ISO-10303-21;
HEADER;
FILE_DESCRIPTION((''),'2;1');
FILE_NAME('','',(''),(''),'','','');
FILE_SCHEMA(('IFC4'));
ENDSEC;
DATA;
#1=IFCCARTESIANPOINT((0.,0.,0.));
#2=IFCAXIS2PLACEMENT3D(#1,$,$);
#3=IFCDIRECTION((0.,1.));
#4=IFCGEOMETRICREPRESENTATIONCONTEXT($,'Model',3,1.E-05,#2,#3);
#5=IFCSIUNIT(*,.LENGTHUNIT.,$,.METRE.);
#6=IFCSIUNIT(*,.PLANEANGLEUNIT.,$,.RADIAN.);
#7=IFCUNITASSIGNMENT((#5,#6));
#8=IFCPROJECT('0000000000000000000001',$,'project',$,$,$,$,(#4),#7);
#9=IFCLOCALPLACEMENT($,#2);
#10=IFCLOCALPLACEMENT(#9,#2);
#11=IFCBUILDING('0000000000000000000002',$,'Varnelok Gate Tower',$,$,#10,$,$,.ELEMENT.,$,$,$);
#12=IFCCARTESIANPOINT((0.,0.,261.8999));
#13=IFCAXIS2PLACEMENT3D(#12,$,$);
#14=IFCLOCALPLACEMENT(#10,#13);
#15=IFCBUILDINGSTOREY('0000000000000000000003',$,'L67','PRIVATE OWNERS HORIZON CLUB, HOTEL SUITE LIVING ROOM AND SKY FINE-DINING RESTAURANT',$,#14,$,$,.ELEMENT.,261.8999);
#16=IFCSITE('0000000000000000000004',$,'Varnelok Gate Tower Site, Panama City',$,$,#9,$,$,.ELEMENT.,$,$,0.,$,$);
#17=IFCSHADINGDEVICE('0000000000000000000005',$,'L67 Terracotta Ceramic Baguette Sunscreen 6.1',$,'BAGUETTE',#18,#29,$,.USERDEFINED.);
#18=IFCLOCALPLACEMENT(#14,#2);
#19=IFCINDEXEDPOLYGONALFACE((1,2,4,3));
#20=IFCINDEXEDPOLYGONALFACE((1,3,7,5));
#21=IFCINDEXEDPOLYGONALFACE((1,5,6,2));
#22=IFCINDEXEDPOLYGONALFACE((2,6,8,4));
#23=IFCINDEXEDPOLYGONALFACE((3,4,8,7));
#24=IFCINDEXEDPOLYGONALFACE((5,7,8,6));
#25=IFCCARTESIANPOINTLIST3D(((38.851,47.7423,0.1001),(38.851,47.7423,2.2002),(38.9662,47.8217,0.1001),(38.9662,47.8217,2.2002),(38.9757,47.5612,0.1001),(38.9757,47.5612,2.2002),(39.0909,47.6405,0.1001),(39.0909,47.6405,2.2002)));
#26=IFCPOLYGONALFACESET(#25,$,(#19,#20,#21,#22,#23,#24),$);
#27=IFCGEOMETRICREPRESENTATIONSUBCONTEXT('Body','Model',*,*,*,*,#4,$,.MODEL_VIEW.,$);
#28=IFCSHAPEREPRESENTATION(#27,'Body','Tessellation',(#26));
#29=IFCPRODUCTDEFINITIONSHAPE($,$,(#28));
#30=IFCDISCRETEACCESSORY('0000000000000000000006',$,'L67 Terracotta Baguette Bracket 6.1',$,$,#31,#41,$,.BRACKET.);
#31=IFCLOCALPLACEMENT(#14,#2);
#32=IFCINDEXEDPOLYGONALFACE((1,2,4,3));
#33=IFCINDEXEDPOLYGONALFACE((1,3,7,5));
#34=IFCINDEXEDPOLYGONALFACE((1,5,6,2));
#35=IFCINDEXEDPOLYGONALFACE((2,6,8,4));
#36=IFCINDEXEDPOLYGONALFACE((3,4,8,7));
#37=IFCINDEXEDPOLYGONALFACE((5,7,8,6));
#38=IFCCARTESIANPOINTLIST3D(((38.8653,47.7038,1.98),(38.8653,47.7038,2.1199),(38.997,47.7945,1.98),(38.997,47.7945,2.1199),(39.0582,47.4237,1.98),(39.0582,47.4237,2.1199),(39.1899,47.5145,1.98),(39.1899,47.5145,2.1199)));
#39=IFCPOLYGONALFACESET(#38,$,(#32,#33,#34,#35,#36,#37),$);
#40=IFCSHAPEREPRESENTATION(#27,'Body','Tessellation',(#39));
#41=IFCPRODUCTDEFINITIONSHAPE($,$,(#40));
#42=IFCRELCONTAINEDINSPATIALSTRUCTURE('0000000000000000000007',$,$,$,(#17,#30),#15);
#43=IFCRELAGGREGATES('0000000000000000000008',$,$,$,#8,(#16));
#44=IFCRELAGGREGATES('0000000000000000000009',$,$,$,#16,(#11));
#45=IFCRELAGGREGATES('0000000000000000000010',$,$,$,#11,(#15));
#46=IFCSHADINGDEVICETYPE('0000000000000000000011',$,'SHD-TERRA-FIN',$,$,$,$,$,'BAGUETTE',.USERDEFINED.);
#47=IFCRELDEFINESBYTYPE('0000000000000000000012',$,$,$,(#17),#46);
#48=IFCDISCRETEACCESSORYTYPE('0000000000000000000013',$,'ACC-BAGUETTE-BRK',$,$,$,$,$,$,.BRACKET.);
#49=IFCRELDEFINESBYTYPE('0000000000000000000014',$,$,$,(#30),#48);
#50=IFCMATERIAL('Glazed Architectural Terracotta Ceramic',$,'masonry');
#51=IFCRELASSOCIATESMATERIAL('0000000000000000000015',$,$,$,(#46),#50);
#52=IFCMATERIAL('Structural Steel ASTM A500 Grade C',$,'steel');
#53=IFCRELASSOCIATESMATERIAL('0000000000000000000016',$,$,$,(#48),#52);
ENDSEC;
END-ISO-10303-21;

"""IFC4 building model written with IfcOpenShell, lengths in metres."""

from ifc_helpers import new_model, si_unit, direction, frame, origin, origin_2d, place, context, subcontext, project, spatial, rectangle, extrude, source, transform, mapped, material, type_object, element, save


model = new_model("IFC4")

# Units and contexts
model_context = context("Model", 3, precision=1e-05, world=origin(), true_north=direction((0.0, 1.0)))
body_context = subcontext(model_context, "Body", "Model", "MODEL_VIEW")
ifc_project = project(units=[si_unit("LENGTHUNIT", "METRE"), si_unit("PLANEANGLEUNIT", "RADIAN")], contexts=[model_context])

# Site, building, storey
site_placement = place(None, origin())
site = spatial("IfcSite", under=ifc_project, at=site_placement, Name="Varnelok Gate Tower Site, Panama City", CompositionType="ELEMENT", RefElevation=0.0)
building_placement = place(site_placement, origin())
building = spatial("IfcBuilding", under=site, at=building_placement, Name="Varnelok Gate Tower", CompositionType="ELEMENT")
storey_placement = place(building_placement, frame((0.0, 0.0, 261.8999)))
storey = spatial("IfcBuildingStorey", under=building, at=storey_placement, Name="L67", Description="PRIVATE OWNERS HORIZON CLUB, HOTEL SUITE LIVING ROOM AND SKY FINE-DINING RESTAURANT", CompositionType="ELEMENT", Elevation=261.8999)

# Shading device
ifc_material_1 = material(Name="Glazed Architectural Terracotta Ceramic", Category="masonry")
shading_device_type = type_object("IfcShadingDeviceType", Name="SHD-TERRA-FIN", ElementType="BAGUETTE", PredefinedType="USERDEFINED", material=ifc_material_1)
shared_shape_1 = source(origin(), body_context, "Body", "SweptSolid", [
    extrude(rectangle(XDim=0.1399, YDim=0.22, at=origin_2d()), origin(), (0.0, 0.0, 1.0), 2.1001),
])
shading_device_placement = place(storey_placement, frame((38.9709, 47.6914, 0.1001), z_axis=(0.0, 0.0, 1.0), x_axis=(0.823533, 0.567269, 0.0)))
element("IfcShadingDevice", 1, at=shading_device_placement, inside=storey, type_object=shading_device_type, Name="L67 Terracotta Ceramic Baguette Sunscreen 6.1", ObjectType="BAGUETTE", PredefinedType="USERDEFINED", context=body_context, shape_type="MappedRepresentation", body=[
    mapped(shared_shape_1, transform((0.0, 0.0, 0.0), scale=1.0)),
])

# Discrete accessory
ifc_material_2 = material(Name="Structural Steel ASTM A500 Grade C", Category="steel")
discrete_accessory_type = type_object("IfcDiscreteAccessoryType", Name="ACC-BAGUETTE-BRK", PredefinedType="BRACKET", material=ifc_material_2)
shared_shape_2 = source(origin(), body_context, "Body", "SweptSolid", [
    extrude(rectangle(XDim=0.1599, YDim=0.3401, at=origin_2d()), origin(), (0.0, 0.0, 1.0), 0.1399),
])
discrete_accessory_placement = place(storey_placement, frame((39.0276, 47.6091, 1.98), z_axis=(0.0, 0.0, 1.0), x_axis=(0.823533, 0.567269, 0.0)))
element("IfcDiscreteAccessory", 2, at=discrete_accessory_placement, inside=storey, type_object=discrete_accessory_type, Name="L67 Terracotta Baguette Bracket 6.1", PredefinedType="BRACKET", context=body_context, shape_type="MappedRepresentation", body=[
    mapped(shared_shape_2, transform((0.0, 0.0, 0.0), scale=1.0)),
])

save(model, "model.ifc")
